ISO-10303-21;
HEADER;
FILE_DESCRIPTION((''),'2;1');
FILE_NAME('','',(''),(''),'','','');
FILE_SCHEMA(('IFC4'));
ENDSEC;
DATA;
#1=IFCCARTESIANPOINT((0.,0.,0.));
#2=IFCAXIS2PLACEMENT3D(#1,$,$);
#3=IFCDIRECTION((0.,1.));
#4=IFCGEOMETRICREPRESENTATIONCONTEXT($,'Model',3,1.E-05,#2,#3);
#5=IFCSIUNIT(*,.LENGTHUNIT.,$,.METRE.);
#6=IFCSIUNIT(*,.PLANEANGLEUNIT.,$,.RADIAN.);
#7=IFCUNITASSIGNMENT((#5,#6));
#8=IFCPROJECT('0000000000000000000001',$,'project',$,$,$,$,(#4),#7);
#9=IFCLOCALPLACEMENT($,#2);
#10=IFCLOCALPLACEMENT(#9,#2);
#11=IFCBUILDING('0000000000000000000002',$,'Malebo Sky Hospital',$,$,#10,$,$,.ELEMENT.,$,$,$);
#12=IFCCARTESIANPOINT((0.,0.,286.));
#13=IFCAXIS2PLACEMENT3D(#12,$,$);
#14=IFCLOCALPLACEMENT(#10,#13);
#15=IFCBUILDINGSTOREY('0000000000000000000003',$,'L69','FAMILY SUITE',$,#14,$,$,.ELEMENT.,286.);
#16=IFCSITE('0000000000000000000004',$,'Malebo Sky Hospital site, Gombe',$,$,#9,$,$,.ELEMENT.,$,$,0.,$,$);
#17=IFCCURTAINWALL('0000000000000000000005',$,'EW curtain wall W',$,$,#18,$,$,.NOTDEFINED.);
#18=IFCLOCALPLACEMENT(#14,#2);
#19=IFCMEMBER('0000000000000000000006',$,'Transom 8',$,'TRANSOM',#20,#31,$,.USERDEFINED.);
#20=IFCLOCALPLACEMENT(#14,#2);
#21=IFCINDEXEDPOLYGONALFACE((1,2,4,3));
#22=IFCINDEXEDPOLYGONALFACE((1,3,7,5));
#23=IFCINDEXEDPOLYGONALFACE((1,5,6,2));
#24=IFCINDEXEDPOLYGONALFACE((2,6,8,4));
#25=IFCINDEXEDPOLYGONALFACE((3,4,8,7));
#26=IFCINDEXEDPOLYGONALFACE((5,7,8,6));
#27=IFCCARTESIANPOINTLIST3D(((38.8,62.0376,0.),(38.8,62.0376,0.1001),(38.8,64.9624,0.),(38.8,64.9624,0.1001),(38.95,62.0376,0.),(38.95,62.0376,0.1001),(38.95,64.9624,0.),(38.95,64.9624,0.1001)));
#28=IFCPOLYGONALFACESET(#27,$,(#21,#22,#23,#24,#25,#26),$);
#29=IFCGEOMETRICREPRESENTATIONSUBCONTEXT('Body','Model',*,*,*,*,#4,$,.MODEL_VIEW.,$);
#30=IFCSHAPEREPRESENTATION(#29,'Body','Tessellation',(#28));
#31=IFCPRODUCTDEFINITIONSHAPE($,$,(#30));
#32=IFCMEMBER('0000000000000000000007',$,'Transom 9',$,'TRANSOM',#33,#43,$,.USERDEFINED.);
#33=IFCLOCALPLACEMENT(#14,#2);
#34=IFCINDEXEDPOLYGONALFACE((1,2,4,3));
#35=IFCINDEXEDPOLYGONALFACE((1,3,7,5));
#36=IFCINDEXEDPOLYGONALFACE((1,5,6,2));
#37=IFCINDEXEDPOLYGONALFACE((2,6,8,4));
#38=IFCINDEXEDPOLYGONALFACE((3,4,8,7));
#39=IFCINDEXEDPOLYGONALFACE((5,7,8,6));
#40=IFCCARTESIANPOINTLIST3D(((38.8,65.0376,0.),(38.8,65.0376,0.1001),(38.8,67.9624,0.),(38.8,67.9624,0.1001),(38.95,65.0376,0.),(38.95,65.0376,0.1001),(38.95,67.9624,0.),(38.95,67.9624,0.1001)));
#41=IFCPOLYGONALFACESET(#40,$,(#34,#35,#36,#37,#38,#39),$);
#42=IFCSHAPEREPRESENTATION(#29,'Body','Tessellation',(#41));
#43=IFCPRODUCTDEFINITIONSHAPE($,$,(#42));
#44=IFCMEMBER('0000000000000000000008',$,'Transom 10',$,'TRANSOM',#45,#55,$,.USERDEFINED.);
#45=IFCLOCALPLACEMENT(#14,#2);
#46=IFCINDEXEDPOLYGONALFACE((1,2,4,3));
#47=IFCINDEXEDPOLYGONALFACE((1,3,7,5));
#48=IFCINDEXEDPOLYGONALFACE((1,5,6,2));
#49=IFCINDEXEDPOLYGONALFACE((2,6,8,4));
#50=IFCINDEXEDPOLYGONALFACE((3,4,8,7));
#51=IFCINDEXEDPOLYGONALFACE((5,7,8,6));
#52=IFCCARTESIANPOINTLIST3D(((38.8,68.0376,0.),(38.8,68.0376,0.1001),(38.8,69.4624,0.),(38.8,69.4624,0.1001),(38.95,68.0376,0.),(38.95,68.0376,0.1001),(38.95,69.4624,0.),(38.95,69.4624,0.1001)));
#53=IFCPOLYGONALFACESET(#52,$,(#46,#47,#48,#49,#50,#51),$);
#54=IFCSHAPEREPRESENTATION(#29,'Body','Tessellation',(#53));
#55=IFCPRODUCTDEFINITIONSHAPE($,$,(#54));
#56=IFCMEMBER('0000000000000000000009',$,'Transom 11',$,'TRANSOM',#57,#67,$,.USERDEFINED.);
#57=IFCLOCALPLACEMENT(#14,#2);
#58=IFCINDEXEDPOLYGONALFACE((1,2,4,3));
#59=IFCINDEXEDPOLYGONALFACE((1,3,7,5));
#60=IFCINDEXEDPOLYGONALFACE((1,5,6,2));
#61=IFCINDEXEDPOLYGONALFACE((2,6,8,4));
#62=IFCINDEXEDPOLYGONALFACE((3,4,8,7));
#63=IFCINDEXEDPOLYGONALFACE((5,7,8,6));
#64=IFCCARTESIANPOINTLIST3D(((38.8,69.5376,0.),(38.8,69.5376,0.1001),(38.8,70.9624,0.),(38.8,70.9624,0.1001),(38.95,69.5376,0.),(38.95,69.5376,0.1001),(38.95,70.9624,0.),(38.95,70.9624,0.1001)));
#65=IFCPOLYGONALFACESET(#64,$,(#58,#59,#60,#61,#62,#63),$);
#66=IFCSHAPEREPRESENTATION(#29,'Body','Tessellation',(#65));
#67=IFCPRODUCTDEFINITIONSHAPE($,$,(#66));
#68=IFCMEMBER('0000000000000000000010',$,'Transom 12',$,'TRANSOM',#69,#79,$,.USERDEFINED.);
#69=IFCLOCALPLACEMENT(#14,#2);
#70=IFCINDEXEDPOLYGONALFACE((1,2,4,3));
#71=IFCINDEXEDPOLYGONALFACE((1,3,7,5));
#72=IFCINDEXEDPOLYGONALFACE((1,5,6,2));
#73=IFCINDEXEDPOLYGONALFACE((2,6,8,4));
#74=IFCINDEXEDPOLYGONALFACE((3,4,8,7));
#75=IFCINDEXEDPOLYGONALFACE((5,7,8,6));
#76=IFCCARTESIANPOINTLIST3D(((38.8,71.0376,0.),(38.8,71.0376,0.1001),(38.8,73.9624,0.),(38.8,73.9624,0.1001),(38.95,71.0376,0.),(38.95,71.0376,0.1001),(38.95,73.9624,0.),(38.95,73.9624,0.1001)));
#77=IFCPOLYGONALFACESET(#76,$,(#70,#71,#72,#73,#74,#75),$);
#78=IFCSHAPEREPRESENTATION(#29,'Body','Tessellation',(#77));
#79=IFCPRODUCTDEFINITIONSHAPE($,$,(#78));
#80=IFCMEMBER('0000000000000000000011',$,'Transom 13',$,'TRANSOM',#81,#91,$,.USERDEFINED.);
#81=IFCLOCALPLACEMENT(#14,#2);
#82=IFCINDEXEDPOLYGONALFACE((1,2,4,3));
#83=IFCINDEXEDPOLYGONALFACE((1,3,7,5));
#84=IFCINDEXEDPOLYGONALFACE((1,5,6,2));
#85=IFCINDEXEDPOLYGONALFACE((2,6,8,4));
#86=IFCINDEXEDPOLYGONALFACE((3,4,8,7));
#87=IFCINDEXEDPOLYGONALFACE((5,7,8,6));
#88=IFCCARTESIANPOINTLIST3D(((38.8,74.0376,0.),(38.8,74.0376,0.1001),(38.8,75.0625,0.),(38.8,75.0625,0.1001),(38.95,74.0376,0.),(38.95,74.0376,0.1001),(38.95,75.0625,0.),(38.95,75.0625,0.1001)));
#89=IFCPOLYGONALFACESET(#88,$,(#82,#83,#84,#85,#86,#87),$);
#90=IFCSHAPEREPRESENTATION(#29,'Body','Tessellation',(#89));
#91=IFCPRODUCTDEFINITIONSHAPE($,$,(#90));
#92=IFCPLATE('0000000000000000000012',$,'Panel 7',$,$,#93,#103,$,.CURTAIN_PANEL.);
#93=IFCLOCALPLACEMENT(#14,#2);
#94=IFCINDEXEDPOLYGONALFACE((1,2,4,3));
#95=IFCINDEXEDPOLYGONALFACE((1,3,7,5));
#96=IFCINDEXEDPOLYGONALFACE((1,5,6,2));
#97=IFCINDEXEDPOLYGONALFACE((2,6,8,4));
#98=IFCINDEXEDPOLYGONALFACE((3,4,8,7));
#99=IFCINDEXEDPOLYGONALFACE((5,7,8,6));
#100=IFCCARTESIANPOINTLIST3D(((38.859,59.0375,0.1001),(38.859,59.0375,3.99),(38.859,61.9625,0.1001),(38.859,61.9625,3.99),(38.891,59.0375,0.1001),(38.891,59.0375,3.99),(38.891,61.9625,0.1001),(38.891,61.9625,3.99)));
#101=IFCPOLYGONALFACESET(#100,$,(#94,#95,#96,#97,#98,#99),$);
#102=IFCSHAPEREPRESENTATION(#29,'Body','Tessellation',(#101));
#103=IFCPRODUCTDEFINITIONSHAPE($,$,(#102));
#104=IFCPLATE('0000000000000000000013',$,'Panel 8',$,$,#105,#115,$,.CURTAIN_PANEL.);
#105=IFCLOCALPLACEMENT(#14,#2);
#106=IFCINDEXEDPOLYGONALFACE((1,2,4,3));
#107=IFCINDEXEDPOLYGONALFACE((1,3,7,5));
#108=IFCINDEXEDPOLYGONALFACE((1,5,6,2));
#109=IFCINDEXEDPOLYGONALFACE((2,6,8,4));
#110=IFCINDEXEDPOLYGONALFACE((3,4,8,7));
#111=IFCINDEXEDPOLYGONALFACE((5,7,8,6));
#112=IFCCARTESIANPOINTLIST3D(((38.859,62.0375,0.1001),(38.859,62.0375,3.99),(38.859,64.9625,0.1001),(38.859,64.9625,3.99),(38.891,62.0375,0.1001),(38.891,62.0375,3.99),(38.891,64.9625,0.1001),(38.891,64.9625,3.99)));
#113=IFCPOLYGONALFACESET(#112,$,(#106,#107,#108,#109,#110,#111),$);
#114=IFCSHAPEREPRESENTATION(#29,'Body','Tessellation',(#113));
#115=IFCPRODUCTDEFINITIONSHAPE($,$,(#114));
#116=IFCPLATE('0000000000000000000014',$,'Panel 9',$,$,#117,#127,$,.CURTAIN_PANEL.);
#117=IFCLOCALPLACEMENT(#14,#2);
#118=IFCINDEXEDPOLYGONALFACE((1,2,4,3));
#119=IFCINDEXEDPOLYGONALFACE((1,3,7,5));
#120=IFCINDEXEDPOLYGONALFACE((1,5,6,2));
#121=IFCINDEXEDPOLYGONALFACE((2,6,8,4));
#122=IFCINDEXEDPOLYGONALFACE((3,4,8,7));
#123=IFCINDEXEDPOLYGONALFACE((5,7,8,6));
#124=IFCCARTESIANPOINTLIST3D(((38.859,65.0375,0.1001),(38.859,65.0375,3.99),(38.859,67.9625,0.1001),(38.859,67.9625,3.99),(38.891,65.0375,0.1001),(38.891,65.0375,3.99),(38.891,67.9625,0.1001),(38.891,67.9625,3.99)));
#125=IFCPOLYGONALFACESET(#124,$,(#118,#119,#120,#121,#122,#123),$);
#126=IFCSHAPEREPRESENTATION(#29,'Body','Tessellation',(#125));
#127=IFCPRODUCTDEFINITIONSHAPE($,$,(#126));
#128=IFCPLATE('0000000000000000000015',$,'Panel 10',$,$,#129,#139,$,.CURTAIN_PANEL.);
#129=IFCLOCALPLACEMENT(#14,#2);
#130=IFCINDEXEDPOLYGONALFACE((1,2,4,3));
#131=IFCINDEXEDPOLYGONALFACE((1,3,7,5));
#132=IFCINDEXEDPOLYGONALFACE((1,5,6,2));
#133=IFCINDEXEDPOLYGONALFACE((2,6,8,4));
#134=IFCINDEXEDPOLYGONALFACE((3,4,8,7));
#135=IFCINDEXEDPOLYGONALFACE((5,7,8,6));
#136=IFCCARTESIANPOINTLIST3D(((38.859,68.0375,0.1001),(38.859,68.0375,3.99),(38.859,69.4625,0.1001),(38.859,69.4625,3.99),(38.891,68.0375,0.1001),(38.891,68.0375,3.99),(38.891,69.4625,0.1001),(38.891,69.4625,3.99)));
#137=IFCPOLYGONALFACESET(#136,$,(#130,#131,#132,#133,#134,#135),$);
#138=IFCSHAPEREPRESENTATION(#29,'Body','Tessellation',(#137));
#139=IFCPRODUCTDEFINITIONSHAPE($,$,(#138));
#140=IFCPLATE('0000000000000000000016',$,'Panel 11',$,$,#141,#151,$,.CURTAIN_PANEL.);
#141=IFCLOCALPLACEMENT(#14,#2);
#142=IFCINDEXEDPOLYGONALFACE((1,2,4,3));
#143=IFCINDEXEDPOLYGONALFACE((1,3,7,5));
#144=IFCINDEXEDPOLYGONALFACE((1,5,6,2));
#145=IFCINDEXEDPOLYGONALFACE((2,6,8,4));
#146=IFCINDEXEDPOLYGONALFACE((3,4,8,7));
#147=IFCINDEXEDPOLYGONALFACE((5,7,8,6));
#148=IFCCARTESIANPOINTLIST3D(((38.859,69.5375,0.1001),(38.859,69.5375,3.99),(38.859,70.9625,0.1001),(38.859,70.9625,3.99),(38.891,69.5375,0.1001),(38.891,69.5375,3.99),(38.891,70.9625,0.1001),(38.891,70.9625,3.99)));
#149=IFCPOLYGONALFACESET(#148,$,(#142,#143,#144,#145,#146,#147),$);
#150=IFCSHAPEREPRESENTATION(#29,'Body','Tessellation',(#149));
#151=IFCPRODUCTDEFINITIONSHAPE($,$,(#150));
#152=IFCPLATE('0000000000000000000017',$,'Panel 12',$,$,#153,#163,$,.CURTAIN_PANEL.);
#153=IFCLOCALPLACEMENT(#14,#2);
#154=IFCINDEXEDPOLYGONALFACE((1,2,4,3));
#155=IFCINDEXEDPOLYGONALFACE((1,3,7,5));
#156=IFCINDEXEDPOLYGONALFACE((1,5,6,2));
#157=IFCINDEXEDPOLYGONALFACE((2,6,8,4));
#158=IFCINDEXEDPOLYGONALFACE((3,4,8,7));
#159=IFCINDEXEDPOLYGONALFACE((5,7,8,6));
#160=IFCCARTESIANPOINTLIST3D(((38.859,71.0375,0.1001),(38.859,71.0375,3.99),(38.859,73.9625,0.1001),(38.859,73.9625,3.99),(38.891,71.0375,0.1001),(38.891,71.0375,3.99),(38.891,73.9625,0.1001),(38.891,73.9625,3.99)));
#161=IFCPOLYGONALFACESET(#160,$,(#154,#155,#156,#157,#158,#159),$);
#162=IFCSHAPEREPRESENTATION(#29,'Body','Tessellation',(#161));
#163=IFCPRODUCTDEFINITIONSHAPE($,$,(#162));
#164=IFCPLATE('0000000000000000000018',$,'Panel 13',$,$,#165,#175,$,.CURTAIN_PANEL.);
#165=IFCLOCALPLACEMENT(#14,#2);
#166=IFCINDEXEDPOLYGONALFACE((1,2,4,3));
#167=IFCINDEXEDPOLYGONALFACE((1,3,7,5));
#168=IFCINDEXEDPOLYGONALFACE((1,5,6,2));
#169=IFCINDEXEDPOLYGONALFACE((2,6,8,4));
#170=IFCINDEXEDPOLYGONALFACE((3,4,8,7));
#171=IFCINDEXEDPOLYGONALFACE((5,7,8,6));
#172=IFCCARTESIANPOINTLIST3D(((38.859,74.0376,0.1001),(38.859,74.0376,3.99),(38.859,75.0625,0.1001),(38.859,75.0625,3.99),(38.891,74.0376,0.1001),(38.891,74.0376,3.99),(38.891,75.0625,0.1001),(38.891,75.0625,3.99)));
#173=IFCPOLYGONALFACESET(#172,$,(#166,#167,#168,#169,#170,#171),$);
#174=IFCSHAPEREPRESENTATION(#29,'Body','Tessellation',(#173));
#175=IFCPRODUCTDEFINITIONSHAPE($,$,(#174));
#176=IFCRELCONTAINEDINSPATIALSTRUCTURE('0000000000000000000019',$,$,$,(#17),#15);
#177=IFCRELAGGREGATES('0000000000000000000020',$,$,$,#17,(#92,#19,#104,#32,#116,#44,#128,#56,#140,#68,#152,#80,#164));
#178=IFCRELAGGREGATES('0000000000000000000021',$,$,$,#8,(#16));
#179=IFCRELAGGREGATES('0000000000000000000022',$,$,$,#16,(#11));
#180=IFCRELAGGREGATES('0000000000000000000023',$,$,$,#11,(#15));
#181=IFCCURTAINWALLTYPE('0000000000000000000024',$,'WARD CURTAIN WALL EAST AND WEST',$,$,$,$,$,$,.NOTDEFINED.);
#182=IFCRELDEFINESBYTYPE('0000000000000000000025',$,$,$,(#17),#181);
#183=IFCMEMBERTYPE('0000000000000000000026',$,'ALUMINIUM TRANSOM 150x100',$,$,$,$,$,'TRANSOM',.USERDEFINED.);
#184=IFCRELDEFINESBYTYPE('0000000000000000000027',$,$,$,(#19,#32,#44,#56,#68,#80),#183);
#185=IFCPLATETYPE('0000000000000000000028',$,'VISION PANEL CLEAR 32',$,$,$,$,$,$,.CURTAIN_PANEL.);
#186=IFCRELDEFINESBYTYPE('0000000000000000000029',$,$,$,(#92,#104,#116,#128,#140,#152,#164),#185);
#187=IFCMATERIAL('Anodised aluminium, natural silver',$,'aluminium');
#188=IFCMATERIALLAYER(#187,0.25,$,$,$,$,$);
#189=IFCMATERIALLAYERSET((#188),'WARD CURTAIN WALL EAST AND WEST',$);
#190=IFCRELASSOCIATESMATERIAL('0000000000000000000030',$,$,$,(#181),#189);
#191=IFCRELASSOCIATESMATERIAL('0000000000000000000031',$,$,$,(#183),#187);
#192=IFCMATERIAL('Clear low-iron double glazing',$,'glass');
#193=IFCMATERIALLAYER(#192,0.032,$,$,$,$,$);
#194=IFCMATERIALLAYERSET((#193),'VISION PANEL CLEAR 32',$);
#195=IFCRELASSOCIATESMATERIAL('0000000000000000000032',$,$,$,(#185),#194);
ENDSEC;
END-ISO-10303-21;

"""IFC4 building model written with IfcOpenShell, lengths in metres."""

from ifc_helpers import new_model, si_unit, direction, frame, origin, origin_2d, place, context, subcontext, project, spatial, rectangle, extrude, material, layer, layer_set, material_profile, profile_set, type_object, element, aggregate, save


model = new_model("IFC4")

# Units and contexts
model_context = context("Model", 3, precision=1e-05, world=origin(), true_north=direction((0.0, 1.0)))
body_context = subcontext(model_context, "Body", "Model", "MODEL_VIEW")
ifc_project = project(units=[si_unit("LENGTHUNIT", "METRE"), si_unit("PLANEANGLEUNIT", "RADIAN")], contexts=[model_context])

# Site, building, storey
site_placement = place(None, origin())
site = spatial("IfcSite", under=ifc_project, at=site_placement, Name="Malebo Sky Hospital site, Gombe", CompositionType="ELEMENT", RefElevation=0.0)
building_placement = place(site_placement, origin())
building = spatial("IfcBuilding", under=site, at=building_placement, Name="Malebo Sky Hospital", CompositionType="ELEMENT")
storey_placement = place(building_placement, frame((0.0, 0.0, 286.0)))
storey = spatial("IfcBuildingStorey", under=building, at=storey_placement, Name="L69", Description="FAMILY SUITE", CompositionType="ELEMENT", Elevation=286.0)

# Curtain wall, members, plates
ifc_material_1 = material(Name="Anodised aluminium, natural silver", Category="aluminium")
ifc_layer_1 = layer(ifc_material_1, 0.25)
ifc_layer_set_1 = layer_set([ifc_layer_1], Name="WARD CURTAIN WALL EAST AND WEST")
curtain_wall_type = type_object("IfcCurtainWallType", Name="WARD CURTAIN WALL EAST AND WEST", PredefinedType="NOTDEFINED", material=ifc_layer_set_1)
curtain_wall_placement = place(storey_placement, origin())
curtain_wall = element("IfcCurtainWall", 1, at=curtain_wall_placement, inside=storey, type_object=curtain_wall_type, Name="EW curtain wall W", PredefinedType="NOTDEFINED")
ifc_material_profile = material_profile(ifc_material_1, rectangle(XDim=0.1499, YDim=0.1001, at=origin_2d()), Name="ALUMINIUM TRANSOM 150x100")
ifc_profile_set = profile_set([ifc_material_profile], Name="Anodised aluminium, natural silver")
member_type = type_object("IfcMemberType", Name="ALUMINIUM TRANSOM 150x100", ElementType="TRANSOM", PredefinedType="USERDEFINED", material=ifc_profile_set)
member_1_placement = place(storey_placement, frame((38.875, 62.0376, 0.05), z_axis=(0.0, 1.0, 0.0), x_axis=(-1.0, 0.0, 0.0)))
member_1 = element("IfcMember", 2, at=member_1_placement, type_object=member_type, Name="Transom 8", ObjectType="TRANSOM", PredefinedType="USERDEFINED", context=body_context, shape_type="SweptSolid", body=[
    extrude(rectangle(XDim=0.1499, YDim=0.1001, at=origin_2d()), origin(), (0.0, 0.0, 1.0), 2.9248),
])
member_2_placement = place(storey_placement, frame((38.875, 65.0376, 0.05), z_axis=(0.0, 1.0, 0.0), x_axis=(-1.0, 0.0, 0.0)))
member_2 = element("IfcMember", 3, at=member_2_placement, type_object=member_type, Name="Transom 9", ObjectType="TRANSOM", PredefinedType="USERDEFINED", context=body_context, shape_type="SweptSolid", body=[
    extrude(rectangle(XDim=0.1499, YDim=0.1001, at=origin_2d()), origin(), (0.0, 0.0, 1.0), 2.9248),
])
member_3_placement = place(storey_placement, frame((38.875, 68.0376, 0.05), z_axis=(0.0, 1.0, 0.0), x_axis=(-1.0, 0.0, 0.0)))
member_3 = element("IfcMember", 4, at=member_3_placement, type_object=member_type, Name="Transom 10", ObjectType="TRANSOM", PredefinedType="USERDEFINED", context=body_context, shape_type="SweptSolid", body=[
    extrude(rectangle(XDim=0.1499, YDim=0.1001, at=origin_2d()), origin(), (0.0, 0.0, 1.0), 1.4248),
])
member_4_placement = place(storey_placement, frame((38.875, 69.5376, 0.05), z_axis=(0.0, 1.0, 0.0), x_axis=(-1.0, 0.0, 0.0)))
member_4 = element("IfcMember", 5, at=member_4_placement, type_object=member_type, Name="Transom 11", ObjectType="TRANSOM", PredefinedType="USERDEFINED", context=body_context, shape_type="SweptSolid", body=[
    extrude(rectangle(XDim=0.1499, YDim=0.1001, at=origin_2d()), origin(), (0.0, 0.0, 1.0), 1.4248),
])
member_5_placement = place(storey_placement, frame((38.875, 71.0376, 0.05), z_axis=(0.0, 1.0, 0.0), x_axis=(-1.0, 0.0, 0.0)))
member_5 = element("IfcMember", 6, at=member_5_placement, type_object=member_type, Name="Transom 12", ObjectType="TRANSOM", PredefinedType="USERDEFINED", context=body_context, shape_type="SweptSolid", body=[
    extrude(rectangle(XDim=0.1499, YDim=0.1001, at=origin_2d()), origin(), (0.0, 0.0, 1.0), 2.9248),
])
member_6_placement = place(storey_placement, frame((38.875, 74.0376, 0.05), z_axis=(0.0, 1.0, 0.0), x_axis=(-1.0, 0.0, 0.0)))
member_6 = element("IfcMember", 7, at=member_6_placement, type_object=member_type, Name="Transom 13", ObjectType="TRANSOM", PredefinedType="USERDEFINED", context=body_context, shape_type="SweptSolid", body=[
    extrude(rectangle(XDim=0.1499, YDim=0.1001, at=origin_2d()), origin(), (0.0, 0.0, 1.0), 1.0249),
])
ifc_material_2 = material(Name="Clear low-iron double glazing", Category="glass")
ifc_layer_2 = layer(ifc_material_2, 0.032)
ifc_layer_set_2 = layer_set([ifc_layer_2], Name="VISION PANEL CLEAR 32")
plate_type = type_object("IfcPlateType", Name="VISION PANEL CLEAR 32", PredefinedType="CURTAIN_PANEL", material=ifc_layer_set_2)
plate_1_placement = place(storey_placement, frame((38.875, 60.5, 0.1001), z_axis=(0.0, 0.0, 1.0), x_axis=(0.0, 1.0, 0.0)))
plate_1 = element("IfcPlate", 8, at=plate_1_placement, type_object=plate_type, Name="Panel 7", PredefinedType="CURTAIN_PANEL", context=body_context, shape_type="SweptSolid", body=[
    extrude(rectangle(XDim=2.925, YDim=0.032, at=origin_2d()), origin(), (0.0, 0.0, 1.0), 3.8899),
])
plate_2_placement = place(storey_placement, frame((38.875, 63.5, 0.1001), z_axis=(0.0, 0.0, 1.0), x_axis=(0.0, 1.0, 0.0)))
plate_2 = element("IfcPlate", 9, at=plate_2_placement, type_object=plate_type, Name="Panel 8", PredefinedType="CURTAIN_PANEL", context=body_context, shape_type="SweptSolid", body=[
    extrude(rectangle(XDim=2.925, YDim=0.032, at=origin_2d()), origin(), (0.0, 0.0, 1.0), 3.8899),
])
plate_3_placement = place(storey_placement, frame((38.875, 66.5, 0.1001), z_axis=(0.0, 0.0, 1.0), x_axis=(0.0, 1.0, 0.0)))
plate_3 = element("IfcPlate", 10, at=plate_3_placement, type_object=plate_type, Name="Panel 9", PredefinedType="CURTAIN_PANEL", context=body_context, shape_type="SweptSolid", body=[
    extrude(rectangle(XDim=2.925, YDim=0.032, at=origin_2d()), origin(), (0.0, 0.0, 1.0), 3.8899),
])
plate_4_placement = place(storey_placement, frame((38.875, 68.75, 0.1001), z_axis=(0.0, 0.0, 1.0), x_axis=(0.0, 1.0, 0.0)))
plate_4 = element("IfcPlate", 11, at=plate_4_placement, type_object=plate_type, Name="Panel 10", PredefinedType="CURTAIN_PANEL", context=body_context, shape_type="SweptSolid", body=[
    extrude(rectangle(XDim=1.425, YDim=0.032, at=origin_2d()), origin(), (0.0, 0.0, 1.0), 3.8899),
])
plate_5_placement = place(storey_placement, frame((38.875, 70.25, 0.1001), z_axis=(0.0, 0.0, 1.0), x_axis=(0.0, 1.0, 0.0)))
plate_5 = element("IfcPlate", 12, at=plate_5_placement, type_object=plate_type, Name="Panel 11", PredefinedType="CURTAIN_PANEL", context=body_context, shape_type="SweptSolid", body=[
    extrude(rectangle(XDim=1.425, YDim=0.032, at=origin_2d()), origin(), (0.0, 0.0, 1.0), 3.8899),
])
plate_6_placement = place(storey_placement, frame((38.875, 72.5, 0.1001), z_axis=(0.0, 0.0, 1.0), x_axis=(0.0, 1.0, 0.0)))
plate_6 = element("IfcPlate", 13, at=plate_6_placement, type_object=plate_type, Name="Panel 12", PredefinedType="CURTAIN_PANEL", context=body_context, shape_type="SweptSolid", body=[
    extrude(rectangle(XDim=2.925, YDim=0.032, at=origin_2d()), origin(), (0.0, 0.0, 1.0), 3.8899),
])
plate_7_placement = place(storey_placement, frame((38.875, 74.55, 0.1001), z_axis=(0.0, 0.0, 1.0), x_axis=(0.0, 1.0, 0.0)))
plate_7 = element("IfcPlate", 14, at=plate_7_placement, type_object=plate_type, Name="Panel 13", PredefinedType="CURTAIN_PANEL", context=body_context, shape_type="SweptSolid", body=[
    extrude(rectangle(XDim=1.0249, YDim=0.032, at=origin_2d()), origin(), (0.0, 0.0, 1.0), 3.8899),
])
aggregate(curtain_wall, [plate_1, member_1, plate_2, member_2, plate_3, member_3, plate_4, member_4, plate_5, member_5, plate_6, member_6, plate_7])

save(model, "model.ifc")
